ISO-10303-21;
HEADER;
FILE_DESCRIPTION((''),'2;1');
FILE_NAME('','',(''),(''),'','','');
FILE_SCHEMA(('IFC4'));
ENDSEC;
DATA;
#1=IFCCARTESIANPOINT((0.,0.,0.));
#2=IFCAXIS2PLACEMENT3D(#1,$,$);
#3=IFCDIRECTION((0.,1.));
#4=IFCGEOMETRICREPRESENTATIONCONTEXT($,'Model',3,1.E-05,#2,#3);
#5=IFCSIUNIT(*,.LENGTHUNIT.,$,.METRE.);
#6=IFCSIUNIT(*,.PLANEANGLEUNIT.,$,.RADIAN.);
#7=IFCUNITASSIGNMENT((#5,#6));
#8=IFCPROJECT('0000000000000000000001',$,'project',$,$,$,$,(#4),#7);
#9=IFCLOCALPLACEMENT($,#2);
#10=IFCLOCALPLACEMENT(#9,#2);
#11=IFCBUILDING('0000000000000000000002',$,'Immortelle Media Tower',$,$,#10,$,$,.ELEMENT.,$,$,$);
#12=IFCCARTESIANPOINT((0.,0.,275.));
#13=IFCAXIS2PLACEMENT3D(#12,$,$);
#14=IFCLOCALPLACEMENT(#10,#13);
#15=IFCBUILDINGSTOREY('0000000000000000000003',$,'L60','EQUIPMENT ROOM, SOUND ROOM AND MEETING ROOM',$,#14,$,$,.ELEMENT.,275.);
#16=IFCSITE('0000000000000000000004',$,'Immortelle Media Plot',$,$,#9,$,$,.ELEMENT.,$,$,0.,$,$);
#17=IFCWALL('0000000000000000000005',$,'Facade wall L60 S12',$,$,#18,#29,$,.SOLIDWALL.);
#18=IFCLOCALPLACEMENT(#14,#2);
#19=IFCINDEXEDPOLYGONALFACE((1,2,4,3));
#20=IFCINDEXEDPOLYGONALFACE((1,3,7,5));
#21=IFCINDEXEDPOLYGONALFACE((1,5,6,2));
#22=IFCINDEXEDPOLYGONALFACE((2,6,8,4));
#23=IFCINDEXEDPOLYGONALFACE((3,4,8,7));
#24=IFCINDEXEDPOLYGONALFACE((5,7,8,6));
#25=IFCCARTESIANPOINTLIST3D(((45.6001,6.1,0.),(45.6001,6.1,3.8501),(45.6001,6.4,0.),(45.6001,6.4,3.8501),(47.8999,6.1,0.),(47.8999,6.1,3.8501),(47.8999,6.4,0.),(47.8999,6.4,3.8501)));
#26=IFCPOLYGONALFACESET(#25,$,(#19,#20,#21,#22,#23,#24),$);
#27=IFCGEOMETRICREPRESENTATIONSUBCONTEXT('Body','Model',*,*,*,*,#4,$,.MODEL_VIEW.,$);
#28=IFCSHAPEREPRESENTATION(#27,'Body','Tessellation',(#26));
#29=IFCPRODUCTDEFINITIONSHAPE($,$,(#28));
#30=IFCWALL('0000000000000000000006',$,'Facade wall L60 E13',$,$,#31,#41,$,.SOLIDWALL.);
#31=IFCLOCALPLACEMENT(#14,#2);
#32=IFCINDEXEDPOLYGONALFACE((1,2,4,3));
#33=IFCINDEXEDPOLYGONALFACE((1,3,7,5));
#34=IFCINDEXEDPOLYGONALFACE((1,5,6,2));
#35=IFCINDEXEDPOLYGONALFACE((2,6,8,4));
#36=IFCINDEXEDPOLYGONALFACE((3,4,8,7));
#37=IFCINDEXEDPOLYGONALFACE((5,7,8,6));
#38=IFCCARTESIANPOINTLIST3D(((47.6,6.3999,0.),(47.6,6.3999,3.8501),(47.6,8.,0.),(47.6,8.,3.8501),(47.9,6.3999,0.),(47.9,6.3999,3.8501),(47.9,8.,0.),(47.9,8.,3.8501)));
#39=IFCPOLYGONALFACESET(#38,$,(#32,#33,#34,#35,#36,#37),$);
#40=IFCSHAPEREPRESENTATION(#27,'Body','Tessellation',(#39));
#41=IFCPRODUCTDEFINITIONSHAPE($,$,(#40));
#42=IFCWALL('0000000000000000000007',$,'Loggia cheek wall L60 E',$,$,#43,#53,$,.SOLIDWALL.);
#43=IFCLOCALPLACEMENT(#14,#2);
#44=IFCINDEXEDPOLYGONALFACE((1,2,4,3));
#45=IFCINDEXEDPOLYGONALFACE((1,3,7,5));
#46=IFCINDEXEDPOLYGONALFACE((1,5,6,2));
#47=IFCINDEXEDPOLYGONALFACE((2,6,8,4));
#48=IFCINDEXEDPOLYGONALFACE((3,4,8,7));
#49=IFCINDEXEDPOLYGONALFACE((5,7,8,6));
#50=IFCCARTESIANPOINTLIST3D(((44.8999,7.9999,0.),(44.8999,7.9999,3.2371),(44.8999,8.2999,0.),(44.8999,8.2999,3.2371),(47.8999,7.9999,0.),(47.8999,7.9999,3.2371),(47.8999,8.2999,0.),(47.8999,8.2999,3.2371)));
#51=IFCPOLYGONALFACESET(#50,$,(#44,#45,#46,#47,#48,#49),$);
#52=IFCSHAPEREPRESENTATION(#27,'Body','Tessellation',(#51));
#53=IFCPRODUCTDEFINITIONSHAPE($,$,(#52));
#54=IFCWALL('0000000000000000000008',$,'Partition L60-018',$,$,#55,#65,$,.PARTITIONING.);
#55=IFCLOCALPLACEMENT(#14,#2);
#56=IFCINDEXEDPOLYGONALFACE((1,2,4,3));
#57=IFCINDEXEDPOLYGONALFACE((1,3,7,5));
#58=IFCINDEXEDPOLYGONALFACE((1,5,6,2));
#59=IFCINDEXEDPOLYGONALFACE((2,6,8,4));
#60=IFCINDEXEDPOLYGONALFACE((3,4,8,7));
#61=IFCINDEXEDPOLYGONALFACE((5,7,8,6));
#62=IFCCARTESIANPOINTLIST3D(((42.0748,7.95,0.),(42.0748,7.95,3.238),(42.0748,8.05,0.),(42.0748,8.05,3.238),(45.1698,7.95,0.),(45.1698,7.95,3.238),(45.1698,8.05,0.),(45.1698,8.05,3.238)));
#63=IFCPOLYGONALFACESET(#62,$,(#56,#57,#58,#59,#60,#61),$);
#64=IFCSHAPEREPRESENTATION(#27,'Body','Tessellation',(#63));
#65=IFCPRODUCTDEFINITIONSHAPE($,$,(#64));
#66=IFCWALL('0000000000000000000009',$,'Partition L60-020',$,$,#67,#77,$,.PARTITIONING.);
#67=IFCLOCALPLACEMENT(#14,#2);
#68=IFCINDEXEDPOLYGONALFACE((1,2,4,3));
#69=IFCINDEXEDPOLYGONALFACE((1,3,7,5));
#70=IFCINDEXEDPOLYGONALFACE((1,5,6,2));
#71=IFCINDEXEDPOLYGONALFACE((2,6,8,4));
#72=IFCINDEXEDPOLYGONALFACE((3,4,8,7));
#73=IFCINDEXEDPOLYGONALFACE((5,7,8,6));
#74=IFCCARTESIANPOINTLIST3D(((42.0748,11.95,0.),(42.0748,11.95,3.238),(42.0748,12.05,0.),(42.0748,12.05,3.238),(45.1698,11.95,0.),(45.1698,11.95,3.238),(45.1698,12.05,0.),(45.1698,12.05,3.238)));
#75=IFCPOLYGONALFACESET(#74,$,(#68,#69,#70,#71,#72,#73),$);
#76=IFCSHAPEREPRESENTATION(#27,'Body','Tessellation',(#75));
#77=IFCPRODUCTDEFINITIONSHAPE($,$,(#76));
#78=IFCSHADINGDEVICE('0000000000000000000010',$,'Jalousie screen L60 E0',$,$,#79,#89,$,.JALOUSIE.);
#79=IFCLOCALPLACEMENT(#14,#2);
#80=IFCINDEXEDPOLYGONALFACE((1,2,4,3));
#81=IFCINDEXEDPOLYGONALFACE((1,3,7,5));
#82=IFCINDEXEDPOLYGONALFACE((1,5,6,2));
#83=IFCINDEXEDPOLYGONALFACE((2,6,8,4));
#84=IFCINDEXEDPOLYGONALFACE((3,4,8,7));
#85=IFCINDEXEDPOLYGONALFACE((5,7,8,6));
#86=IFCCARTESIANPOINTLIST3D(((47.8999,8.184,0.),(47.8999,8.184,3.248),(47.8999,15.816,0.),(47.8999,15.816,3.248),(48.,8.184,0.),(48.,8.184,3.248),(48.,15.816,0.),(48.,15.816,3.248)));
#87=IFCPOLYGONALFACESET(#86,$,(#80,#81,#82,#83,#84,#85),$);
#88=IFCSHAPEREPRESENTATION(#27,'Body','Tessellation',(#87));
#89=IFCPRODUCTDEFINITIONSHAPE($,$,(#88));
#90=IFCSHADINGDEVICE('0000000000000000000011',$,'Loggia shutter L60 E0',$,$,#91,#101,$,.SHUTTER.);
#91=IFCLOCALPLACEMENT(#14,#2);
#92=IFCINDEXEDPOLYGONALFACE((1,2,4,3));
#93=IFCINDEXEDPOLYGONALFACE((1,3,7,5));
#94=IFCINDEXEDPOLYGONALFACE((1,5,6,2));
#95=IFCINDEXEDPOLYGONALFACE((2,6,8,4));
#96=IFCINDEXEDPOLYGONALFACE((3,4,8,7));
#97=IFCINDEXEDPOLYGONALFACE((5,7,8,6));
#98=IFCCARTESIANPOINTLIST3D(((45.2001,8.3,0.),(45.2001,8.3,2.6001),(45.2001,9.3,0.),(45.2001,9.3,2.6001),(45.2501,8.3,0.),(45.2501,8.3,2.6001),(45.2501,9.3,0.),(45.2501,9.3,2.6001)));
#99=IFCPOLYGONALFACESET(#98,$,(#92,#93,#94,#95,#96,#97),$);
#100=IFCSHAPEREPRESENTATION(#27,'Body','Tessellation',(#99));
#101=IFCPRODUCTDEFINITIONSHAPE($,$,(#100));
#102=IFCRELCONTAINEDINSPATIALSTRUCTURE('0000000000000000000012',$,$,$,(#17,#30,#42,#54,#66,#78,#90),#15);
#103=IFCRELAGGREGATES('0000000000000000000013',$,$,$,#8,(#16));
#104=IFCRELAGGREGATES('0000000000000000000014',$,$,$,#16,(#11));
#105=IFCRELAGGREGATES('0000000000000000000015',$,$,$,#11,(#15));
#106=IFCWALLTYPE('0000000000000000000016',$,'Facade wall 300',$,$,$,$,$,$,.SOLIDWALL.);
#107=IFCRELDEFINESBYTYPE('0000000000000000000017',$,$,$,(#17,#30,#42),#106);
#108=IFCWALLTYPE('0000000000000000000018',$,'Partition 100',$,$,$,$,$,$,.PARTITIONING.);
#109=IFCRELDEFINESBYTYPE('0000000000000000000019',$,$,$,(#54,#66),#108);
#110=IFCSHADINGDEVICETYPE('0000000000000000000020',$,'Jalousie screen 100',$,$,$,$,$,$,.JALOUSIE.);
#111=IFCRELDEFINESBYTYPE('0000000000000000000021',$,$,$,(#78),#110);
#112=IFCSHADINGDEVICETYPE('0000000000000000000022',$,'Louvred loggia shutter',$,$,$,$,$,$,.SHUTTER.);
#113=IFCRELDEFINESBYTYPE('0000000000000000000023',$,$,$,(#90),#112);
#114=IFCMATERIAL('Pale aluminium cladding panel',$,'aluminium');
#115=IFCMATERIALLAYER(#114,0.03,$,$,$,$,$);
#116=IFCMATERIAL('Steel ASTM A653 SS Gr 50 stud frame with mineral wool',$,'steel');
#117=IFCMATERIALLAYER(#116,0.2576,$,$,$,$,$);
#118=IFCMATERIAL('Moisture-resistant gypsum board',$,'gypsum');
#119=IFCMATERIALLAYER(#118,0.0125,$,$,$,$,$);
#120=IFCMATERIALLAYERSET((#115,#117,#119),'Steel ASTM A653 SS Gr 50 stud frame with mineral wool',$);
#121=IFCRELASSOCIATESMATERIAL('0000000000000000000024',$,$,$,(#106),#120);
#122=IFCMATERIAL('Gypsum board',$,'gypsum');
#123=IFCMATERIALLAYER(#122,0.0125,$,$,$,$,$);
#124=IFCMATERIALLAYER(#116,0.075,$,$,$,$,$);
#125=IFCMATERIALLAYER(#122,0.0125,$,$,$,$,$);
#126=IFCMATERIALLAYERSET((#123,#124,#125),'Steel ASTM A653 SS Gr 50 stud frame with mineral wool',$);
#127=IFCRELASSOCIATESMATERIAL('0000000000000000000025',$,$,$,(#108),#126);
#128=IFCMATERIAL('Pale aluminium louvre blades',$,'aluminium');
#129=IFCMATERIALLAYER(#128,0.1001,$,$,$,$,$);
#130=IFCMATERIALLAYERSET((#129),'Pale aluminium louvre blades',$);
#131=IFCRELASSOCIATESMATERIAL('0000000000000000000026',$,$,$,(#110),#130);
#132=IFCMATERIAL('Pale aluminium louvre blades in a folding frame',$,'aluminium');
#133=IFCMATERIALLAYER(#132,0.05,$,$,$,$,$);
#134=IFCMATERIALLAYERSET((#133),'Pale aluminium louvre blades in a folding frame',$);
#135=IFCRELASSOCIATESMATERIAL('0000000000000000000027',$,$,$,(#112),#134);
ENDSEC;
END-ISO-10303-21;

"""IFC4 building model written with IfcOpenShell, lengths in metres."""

from ifc_helpers import new_model, si_unit, direction, frame, frame_2d, origin, origin_2d, place, context, subcontext, project, spatial, rectangle, extrude, material, layer, layer_set, type_object, element, save


model = new_model("IFC4")

# Units and contexts
model_context = context("Model", 3, precision=1e-05, world=origin(), true_north=direction((0.0, 1.0)))
body_context = subcontext(model_context, "Body", "Model", "MODEL_VIEW")
ifc_project = project(units=[si_unit("LENGTHUNIT", "METRE"), si_unit("PLANEANGLEUNIT", "RADIAN")], contexts=[model_context])

# Site, building, storey
site_placement = place(None, origin())
site = spatial("IfcSite", under=ifc_project, at=site_placement, Name="Immortelle Media Plot", CompositionType="ELEMENT", RefElevation=0.0)
building_placement = place(site_placement, origin())
building = spatial("IfcBuilding", under=site, at=building_placement, Name="Immortelle Media Tower", CompositionType="ELEMENT")
storey_placement = place(building_placement, frame((0.0, 0.0, 275.0)))
storey = spatial("IfcBuildingStorey", under=building, at=storey_placement, Name="L60", Description="EQUIPMENT ROOM, SOUND ROOM AND MEETING ROOM", CompositionType="ELEMENT", Elevation=275.0)

# Walls
ifc_material_1 = material(Name="Pale aluminium cladding panel", Category="aluminium")
ifc_layer_1 = layer(ifc_material_1, 0.03)
ifc_material_2 = material(Name="Steel ASTM A653 SS Gr 50 stud frame with mineral wool", Category="steel")
ifc_layer_2 = layer(ifc_material_2, 0.2576)
ifc_material_3 = material(Name="Moisture-resistant gypsum board", Category="gypsum")
ifc_layer_3 = layer(ifc_material_3, 0.0125)
ifc_layer_set_1 = layer_set([ifc_layer_1, ifc_layer_2, ifc_layer_3], Name="Steel ASTM A653 SS Gr 50 stud frame with mineral wool")
wall_type_1 = type_object("IfcWallType", Name="Facade wall 300", PredefinedType="SOLIDWALL", material=ifc_layer_set_1)
wall_1_placement = place(storey_placement, frame((45.6001, 6.25, 0.0), z_axis=(0.0, 0.0, 1.0), x_axis=(1.0, 0.0, 0.0)))
element("IfcWall", 1, at=wall_1_placement, inside=storey, type_object=wall_type_1, Name="Facade wall L60 S12", PredefinedType="SOLIDWALL", context=body_context, shape_type="SweptSolid", body=[
    extrude(rectangle(XDim=2.2998, YDim=0.3, at=frame_2d((1.1499, 0.0))), origin(), (0.0, 0.0, 1.0), 3.8501),
])
wall_2_placement = place(storey_placement, frame((47.75, 6.3999, 0.0), z_axis=(0.0, 0.0, 1.0), x_axis=(0.0, 1.0, 0.0)))
element("IfcWall", 2, at=wall_2_placement, inside=storey, type_object=wall_type_1, Name="Facade wall L60 E13", PredefinedType="SOLIDWALL", context=body_context, shape_type="SweptSolid", body=[
    extrude(rectangle(XDim=1.6001, YDim=0.3, at=frame_2d((0.8, 0.0))), origin(), (0.0, 0.0, 1.0), 3.8501),
])

# Walls
wall_3_placement = place(storey_placement, frame((47.8999, 8.1499, 0.0), z_axis=(0.0, 0.0, 1.0), x_axis=(-1.0, 0.0, 0.0)))
element("IfcWall", 3, at=wall_3_placement, inside=storey, type_object=wall_type_1, Name="Loggia cheek wall L60 E", PredefinedType="SOLIDWALL", context=body_context, shape_type="SweptSolid", body=[
    extrude(rectangle(XDim=3.0, YDim=0.3, at=frame_2d((1.5, 0.0))), origin(), (0.0, 0.0, 1.0), 3.2371),
])
ifc_material_4 = material(Name="Gypsum board", Category="gypsum")
ifc_layer_4 = layer(ifc_material_4, 0.0125)
ifc_layer_5 = layer(ifc_material_2, 0.075)
ifc_layer_6 = layer(ifc_material_4, 0.0125)
ifc_layer_set_2 = layer_set([ifc_layer_4, ifc_layer_5, ifc_layer_6], Name="Steel ASTM A653 SS Gr 50 stud frame with mineral wool")
wall_type_2 = type_object("IfcWallType", Name="Partition 100", PredefinedType="PARTITIONING", material=ifc_layer_set_2)
for number, where, z_axis, x_axis, name in (
    (4, (42.075, 8.0, 0.0), (0.0, 0.0, 1.0), (1.0, 0.0, 0.0), "Partition L60-018"),
    (5, (42.075, 12.0, 0.0), (0.0, 0.0, 1.0), (1.0, 0.0, 0.0), "Partition L60-020"),
):
    element("IfcWall", number, at=place(storey_placement, frame(where, z_axis=z_axis, x_axis=x_axis)), inside=storey, type_object=wall_type_2, Name=name, PredefinedType="PARTITIONING", context=body_context, shape_type="SweptSolid", body=[
        extrude(rectangle(XDim=3.095, YDim=0.1001, at=frame_2d((1.5474, 0.0))), origin(), (0.0, 0.0, 1.0), 3.238),
    ])

# Shading devices
ifc_material_5 = material(Name="Pale aluminium louvre blades", Category="aluminium")
ifc_layer_7 = layer(ifc_material_5, 0.1001)
ifc_layer_set_3 = layer_set([ifc_layer_7], Name="Pale aluminium louvre blades")
shading_device_type_1 = type_object("IfcShadingDeviceType", Name="Jalousie screen 100", PredefinedType="JALOUSIE", material=ifc_layer_set_3)
shading_device_1_placement = place(storey_placement, frame((47.95, 12.0, 0.0), z_axis=(0.0, 0.0, 1.0), x_axis=(0.0, 1.0, 0.0)))
element("IfcShadingDevice", 6, at=shading_device_1_placement, inside=storey, type_object=shading_device_type_1, Name="Jalousie screen L60 E0", PredefinedType="JALOUSIE", context=body_context, shape_type="SweptSolid", body=[
    extrude(rectangle(XDim=7.6321, YDim=0.1001, at=origin_2d()), origin(), (0.0, 0.0, 1.0), 3.248),
])
ifc_material_6 = material(Name="Pale aluminium louvre blades in a folding frame", Category="aluminium")
ifc_layer_8 = layer(ifc_material_6, 0.05)
ifc_layer_set_4 = layer_set([ifc_layer_8], Name="Pale aluminium louvre blades in a folding frame")
shading_device_type_2 = type_object("IfcShadingDeviceType", Name="Louvred loggia shutter", PredefinedType="SHUTTER", material=ifc_layer_set_4)
shading_device_2_placement = place(storey_placement, frame((45.2251, 8.8, 0.0), z_axis=(0.0, 0.0, 1.0), x_axis=(0.0, 1.0, 0.0)))
element("IfcShadingDevice", 7, at=shading_device_2_placement, inside=storey, type_object=shading_device_type_2, Name="Loggia shutter L60 E0", PredefinedType="SHUTTER", context=body_context, shape_type="SweptSolid", body=[
    extrude(rectangle(XDim=1.0, YDim=0.05, at=origin_2d()), origin(), (0.0, 0.0, 1.0), 2.6001),
])

save(model, "model.ifc")
